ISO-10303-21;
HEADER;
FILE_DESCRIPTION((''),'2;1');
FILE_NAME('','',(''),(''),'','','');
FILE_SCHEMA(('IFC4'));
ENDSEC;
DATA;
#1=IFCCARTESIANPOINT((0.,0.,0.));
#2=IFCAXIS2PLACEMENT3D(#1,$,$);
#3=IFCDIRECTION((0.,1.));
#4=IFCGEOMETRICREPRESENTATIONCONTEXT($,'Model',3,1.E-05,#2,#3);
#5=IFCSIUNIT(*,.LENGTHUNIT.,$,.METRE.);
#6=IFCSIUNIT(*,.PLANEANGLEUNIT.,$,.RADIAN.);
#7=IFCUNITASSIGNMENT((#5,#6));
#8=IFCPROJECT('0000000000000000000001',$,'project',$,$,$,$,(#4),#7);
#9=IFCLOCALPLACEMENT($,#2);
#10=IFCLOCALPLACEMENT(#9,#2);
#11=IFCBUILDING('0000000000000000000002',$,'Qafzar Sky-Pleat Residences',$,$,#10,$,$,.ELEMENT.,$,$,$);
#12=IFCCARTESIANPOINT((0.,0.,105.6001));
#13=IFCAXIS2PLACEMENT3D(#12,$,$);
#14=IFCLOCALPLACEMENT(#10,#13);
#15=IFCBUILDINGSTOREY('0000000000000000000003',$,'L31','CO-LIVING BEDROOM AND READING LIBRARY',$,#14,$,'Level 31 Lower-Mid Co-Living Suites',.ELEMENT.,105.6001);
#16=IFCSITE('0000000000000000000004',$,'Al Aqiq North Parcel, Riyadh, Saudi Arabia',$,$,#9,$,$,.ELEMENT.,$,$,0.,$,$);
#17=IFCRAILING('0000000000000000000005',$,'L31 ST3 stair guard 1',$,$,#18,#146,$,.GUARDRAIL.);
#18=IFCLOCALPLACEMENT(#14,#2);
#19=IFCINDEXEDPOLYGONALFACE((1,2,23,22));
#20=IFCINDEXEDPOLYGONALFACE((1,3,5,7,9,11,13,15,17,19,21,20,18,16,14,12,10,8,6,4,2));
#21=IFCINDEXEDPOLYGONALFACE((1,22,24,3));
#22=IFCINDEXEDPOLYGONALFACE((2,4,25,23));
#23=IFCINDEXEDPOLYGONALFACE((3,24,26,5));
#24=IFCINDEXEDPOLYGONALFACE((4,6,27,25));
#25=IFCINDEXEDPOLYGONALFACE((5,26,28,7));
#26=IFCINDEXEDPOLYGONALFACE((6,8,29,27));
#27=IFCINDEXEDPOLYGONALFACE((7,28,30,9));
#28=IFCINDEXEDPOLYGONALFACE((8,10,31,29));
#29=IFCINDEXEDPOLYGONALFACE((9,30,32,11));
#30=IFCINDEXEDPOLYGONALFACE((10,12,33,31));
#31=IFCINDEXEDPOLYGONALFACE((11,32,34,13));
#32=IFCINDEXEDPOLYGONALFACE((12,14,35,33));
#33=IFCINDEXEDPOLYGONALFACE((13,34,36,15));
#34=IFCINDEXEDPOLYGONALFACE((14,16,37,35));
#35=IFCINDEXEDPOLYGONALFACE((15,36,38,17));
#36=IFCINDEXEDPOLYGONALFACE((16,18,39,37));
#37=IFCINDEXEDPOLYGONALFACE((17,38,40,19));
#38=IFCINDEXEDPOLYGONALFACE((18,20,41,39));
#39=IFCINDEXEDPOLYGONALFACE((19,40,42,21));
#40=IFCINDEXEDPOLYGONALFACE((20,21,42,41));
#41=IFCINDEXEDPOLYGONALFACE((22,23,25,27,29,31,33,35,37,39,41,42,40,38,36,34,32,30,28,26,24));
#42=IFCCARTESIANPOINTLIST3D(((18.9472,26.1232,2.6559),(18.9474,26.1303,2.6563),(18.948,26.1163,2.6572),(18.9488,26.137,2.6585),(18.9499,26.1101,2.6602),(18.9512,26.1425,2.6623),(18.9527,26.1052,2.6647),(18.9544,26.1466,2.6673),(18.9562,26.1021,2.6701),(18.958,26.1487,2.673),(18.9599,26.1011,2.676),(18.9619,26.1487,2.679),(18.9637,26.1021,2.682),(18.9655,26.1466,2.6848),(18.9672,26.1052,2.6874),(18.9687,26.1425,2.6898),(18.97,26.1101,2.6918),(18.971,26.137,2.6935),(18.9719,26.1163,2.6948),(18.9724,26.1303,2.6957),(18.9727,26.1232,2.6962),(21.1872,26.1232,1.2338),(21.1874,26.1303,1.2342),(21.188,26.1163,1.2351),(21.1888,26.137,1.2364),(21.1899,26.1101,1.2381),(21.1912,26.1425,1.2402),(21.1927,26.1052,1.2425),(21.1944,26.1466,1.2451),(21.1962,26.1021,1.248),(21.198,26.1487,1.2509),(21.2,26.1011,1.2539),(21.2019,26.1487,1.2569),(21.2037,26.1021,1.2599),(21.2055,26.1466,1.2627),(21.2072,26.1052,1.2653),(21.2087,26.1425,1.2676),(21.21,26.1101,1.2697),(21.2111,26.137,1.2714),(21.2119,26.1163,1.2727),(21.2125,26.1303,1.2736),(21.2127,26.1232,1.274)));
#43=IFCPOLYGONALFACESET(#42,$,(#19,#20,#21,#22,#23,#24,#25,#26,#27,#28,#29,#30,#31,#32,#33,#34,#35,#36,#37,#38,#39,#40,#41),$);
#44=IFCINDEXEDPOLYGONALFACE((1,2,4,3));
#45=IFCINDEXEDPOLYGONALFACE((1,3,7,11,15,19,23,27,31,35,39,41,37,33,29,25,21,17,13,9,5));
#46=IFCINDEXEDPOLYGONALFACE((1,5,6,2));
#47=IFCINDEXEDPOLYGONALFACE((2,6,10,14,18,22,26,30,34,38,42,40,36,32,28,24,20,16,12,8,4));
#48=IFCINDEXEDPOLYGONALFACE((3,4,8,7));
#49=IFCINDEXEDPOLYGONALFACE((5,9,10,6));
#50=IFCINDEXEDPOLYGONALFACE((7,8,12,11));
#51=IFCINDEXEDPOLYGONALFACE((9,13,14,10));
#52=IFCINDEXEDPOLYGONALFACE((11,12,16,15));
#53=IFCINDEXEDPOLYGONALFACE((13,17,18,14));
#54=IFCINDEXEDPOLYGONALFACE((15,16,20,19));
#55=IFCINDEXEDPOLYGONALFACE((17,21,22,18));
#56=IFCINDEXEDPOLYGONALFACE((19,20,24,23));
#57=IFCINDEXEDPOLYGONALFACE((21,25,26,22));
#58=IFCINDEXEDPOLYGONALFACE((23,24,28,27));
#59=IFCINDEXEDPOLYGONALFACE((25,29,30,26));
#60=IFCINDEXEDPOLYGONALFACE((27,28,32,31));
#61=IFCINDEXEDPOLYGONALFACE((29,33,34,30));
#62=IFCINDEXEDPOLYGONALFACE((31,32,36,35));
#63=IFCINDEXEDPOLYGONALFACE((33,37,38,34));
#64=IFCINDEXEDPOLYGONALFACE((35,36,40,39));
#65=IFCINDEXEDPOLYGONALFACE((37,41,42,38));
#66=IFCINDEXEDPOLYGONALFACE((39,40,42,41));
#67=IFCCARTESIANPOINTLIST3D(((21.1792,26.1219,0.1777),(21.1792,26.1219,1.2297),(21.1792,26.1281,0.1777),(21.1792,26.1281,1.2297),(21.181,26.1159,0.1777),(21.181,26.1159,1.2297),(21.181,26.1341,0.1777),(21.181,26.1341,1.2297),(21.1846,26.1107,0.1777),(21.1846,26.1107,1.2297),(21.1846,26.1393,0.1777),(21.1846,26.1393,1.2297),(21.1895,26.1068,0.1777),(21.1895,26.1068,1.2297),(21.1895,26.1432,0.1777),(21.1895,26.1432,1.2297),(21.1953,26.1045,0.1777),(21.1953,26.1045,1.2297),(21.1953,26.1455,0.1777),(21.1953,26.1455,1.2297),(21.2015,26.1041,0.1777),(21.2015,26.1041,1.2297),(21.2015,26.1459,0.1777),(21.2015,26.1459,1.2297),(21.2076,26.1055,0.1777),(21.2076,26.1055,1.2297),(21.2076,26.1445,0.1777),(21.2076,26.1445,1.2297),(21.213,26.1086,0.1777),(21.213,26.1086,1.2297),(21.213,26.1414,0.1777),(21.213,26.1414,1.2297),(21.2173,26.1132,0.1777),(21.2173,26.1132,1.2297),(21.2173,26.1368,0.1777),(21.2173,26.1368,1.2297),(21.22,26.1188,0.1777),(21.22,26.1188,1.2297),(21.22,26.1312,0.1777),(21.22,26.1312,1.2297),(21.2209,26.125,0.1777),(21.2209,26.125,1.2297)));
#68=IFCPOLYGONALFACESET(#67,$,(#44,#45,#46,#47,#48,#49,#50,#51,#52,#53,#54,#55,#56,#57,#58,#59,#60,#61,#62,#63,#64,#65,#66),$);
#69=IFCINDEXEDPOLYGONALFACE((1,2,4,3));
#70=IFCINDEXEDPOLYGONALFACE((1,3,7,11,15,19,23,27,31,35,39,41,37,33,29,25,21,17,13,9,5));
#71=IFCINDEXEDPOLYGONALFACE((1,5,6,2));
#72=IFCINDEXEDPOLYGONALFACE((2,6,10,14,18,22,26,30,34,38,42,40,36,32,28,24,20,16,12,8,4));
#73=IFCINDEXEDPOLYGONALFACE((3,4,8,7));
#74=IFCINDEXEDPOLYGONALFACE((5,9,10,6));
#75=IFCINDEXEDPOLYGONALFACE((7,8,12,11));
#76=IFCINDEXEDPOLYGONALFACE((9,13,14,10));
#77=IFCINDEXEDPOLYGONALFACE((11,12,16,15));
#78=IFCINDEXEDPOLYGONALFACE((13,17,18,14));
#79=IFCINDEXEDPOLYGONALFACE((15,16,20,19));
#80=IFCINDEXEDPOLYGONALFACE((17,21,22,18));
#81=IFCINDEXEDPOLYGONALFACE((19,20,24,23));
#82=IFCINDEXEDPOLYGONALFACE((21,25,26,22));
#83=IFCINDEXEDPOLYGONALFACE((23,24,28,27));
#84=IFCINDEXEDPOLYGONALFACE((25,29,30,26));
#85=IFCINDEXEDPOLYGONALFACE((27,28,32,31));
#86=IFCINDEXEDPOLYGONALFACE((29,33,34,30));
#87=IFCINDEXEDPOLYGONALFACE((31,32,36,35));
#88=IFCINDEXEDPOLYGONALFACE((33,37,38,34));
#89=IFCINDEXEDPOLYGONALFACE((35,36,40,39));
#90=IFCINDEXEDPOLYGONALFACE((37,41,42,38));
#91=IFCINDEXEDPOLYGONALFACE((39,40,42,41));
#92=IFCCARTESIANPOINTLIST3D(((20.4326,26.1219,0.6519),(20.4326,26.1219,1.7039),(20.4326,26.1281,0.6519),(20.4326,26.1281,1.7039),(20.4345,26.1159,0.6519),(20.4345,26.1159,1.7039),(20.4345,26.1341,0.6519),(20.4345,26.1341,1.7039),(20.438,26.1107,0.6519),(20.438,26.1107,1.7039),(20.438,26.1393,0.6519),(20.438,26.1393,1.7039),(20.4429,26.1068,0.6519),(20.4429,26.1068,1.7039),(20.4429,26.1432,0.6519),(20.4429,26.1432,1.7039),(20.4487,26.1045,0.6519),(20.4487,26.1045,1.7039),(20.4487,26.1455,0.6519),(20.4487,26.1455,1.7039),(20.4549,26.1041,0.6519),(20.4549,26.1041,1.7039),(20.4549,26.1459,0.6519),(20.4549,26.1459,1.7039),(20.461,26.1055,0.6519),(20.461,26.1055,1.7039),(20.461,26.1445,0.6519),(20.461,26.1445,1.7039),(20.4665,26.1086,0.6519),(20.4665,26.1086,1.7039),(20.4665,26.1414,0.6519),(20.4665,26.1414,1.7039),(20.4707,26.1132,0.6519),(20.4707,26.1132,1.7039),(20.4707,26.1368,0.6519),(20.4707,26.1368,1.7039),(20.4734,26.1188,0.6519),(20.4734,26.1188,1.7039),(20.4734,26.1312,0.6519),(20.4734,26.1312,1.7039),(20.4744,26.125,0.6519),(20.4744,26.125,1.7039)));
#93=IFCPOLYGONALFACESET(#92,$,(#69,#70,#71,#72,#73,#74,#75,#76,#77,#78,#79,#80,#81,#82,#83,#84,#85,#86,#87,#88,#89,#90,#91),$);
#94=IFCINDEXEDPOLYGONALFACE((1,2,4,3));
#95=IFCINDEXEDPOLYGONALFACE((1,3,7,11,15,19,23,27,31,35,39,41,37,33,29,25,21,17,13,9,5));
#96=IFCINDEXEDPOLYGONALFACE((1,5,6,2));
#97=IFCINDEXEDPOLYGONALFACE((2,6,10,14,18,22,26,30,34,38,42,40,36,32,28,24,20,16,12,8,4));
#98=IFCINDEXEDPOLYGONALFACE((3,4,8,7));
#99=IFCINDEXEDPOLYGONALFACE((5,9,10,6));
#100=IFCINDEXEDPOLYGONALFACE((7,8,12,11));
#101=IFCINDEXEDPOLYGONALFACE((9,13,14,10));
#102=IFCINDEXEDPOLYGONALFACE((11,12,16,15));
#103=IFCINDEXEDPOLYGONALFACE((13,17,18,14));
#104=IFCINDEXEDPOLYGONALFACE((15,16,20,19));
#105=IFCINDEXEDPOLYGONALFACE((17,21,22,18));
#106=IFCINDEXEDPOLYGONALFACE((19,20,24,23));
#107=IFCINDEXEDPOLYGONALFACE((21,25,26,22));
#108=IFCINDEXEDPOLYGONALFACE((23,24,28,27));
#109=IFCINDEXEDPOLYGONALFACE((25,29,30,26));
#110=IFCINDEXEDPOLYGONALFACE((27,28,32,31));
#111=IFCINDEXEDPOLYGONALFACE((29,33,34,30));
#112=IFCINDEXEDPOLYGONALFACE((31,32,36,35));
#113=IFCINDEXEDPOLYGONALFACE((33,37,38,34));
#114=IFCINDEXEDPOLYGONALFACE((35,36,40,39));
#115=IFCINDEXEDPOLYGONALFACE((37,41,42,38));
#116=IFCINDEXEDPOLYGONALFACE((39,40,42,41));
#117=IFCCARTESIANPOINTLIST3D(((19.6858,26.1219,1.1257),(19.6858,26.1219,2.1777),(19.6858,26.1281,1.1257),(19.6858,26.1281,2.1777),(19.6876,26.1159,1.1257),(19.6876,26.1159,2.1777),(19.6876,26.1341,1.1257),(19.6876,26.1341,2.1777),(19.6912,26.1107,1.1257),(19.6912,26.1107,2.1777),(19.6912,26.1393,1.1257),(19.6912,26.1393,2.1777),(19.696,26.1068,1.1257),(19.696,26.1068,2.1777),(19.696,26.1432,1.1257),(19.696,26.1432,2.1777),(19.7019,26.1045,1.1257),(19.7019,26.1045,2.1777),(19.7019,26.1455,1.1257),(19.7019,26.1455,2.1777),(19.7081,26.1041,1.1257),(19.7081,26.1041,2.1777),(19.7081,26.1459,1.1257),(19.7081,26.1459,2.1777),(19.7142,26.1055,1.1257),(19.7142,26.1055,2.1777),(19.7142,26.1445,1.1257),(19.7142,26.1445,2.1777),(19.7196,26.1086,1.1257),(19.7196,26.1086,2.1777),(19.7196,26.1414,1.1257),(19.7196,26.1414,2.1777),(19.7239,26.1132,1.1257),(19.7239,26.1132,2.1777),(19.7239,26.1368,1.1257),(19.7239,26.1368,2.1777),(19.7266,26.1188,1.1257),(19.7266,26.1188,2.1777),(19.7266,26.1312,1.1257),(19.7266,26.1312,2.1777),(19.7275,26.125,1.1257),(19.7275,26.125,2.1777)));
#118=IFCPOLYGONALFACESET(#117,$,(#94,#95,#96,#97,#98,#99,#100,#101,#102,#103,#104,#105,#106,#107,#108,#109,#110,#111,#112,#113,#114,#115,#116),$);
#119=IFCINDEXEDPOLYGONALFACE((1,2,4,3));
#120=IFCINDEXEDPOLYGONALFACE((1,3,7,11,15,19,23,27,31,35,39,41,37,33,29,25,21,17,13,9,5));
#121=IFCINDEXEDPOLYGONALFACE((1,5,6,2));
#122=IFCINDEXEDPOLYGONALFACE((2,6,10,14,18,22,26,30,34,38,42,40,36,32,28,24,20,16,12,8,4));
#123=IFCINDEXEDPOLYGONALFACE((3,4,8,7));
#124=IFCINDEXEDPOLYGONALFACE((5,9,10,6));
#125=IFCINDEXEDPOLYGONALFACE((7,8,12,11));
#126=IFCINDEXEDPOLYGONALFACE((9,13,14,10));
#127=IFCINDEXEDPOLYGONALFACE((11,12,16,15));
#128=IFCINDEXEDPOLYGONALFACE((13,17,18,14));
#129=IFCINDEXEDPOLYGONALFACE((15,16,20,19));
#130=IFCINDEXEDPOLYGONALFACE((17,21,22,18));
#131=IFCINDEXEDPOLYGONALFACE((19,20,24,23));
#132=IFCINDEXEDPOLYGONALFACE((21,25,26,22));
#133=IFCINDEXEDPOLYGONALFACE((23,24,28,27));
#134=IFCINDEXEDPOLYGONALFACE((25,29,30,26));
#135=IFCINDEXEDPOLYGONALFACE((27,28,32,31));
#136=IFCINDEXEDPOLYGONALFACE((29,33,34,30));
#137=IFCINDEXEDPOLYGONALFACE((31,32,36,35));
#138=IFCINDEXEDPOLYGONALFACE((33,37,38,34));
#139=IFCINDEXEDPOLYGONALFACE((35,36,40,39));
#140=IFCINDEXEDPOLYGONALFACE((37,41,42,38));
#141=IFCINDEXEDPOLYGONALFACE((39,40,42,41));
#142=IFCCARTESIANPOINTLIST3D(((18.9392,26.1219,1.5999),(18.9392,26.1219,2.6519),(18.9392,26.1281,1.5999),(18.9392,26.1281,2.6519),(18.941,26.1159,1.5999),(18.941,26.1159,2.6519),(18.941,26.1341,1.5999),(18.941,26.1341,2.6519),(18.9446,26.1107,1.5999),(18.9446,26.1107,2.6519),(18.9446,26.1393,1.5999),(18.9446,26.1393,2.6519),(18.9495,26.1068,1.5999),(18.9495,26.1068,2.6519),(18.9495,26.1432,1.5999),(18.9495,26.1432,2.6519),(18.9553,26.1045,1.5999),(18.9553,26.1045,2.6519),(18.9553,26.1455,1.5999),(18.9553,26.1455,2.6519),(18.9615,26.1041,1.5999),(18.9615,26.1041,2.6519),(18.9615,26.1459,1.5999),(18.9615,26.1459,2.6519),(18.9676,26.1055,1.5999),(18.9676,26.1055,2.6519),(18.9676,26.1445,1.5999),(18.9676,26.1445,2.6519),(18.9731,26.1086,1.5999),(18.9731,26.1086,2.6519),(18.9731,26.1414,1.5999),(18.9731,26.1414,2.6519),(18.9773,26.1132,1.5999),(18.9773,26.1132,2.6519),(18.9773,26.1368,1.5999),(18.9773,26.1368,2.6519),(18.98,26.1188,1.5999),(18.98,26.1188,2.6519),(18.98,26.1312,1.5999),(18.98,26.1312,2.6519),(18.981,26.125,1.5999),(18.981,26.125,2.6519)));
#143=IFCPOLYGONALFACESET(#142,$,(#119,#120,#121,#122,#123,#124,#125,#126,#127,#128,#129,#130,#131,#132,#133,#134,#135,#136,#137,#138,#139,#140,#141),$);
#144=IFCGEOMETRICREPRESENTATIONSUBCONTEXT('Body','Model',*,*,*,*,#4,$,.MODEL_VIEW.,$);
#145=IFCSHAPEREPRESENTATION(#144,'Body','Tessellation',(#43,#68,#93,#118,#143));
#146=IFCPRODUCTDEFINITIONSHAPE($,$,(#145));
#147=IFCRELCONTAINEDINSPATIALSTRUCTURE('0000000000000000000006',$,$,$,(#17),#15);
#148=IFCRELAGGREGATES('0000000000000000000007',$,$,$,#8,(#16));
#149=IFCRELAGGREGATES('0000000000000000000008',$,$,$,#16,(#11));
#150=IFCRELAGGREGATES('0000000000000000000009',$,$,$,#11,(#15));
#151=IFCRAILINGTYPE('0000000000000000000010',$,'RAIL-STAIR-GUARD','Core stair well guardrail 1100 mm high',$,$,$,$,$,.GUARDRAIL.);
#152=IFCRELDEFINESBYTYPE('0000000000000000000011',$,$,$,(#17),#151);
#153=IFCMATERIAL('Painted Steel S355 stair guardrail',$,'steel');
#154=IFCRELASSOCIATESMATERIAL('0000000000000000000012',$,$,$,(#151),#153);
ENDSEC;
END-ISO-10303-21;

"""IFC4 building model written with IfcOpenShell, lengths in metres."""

from ifc_helpers import new_model, si_unit, direction, frame, origin, origin_2d, place, context, subcontext, project, spatial, circle, extrude, source, transform, mapped, material, type_object, element, save


model = new_model("IFC4")

# Units and contexts
model_context = context("Model", 3, precision=1e-05, world=origin(), true_north=direction((0.0, 1.0)))
body_context = subcontext(model_context, "Body", "Model", "MODEL_VIEW")
ifc_project = project(units=[si_unit("LENGTHUNIT", "METRE"), si_unit("PLANEANGLEUNIT", "RADIAN")], contexts=[model_context])

# Site, building, storey
site_placement = place(None, origin())
site = spatial("IfcSite", under=ifc_project, at=site_placement, Name="Al Aqiq North Parcel, Riyadh, Saudi Arabia", CompositionType="ELEMENT", RefElevation=0.0)
building_placement = place(site_placement, origin())
building = spatial("IfcBuilding", under=site, at=building_placement, Name="Qafzar Sky-Pleat Residences", CompositionType="ELEMENT")
storey_placement = place(building_placement, frame((0.0, 0.0, 105.6001)))
storey = spatial("IfcBuildingStorey", under=building, at=storey_placement, Name="L31", Description="CO-LIVING BEDROOM AND READING LIBRARY", LongName="Level 31 Lower-Mid Co-Living Suites", CompositionType="ELEMENT", Elevation=105.6001)

# Railing
ifc_material_1 = material(Name="Painted Steel S355 stair guardrail", Category="steel")
railing_type_1 = type_object("IfcRailingType", Name="RAIL-STAIR-GUARD", Description="Core stair well guardrail 1100 mm high", PredefinedType="GUARDRAIL", material=ifc_material_1)
shared_shape_1 = source(origin(), body_context, "Body", "SweptSolid", [
    extrude(circle(Radius=0.0239, at=origin_2d()), frame((0.0, 0.0, 1.0762), z_axis=(-0.844229, 0.0, 0.535982), x_axis=(0.0, -1.0, 0.0)), (0.0, 0.0, 1.0), 2.6533),
    extrude(circle(Radius=0.021, at=origin_2d()), origin(), (0.0, 0.0, 1.0), 1.052),
    extrude(circle(Radius=0.021, at=origin_2d()), frame((-0.7466, 0.0, 0.4741)), (0.0, 0.0, 1.0), 1.052),
    extrude(circle(Radius=0.021, at=origin_2d()), frame((-1.4934, 0.0, 0.948)), (0.0, 0.0, 1.0), 1.052),
    extrude(circle(Radius=0.021, at=origin_2d()), frame((-2.24, 0.0, 1.4221)), (0.0, 0.0, 1.0), 1.052),
])
railing_1_placement = place(storey_placement, frame((21.2, 26.125, 0.1777)))
element("IfcRailing", 1, at=railing_1_placement, inside=storey, type_object=railing_type_1, Name="L31 ST3 stair guard 1", PredefinedType="GUARDRAIL", context=body_context, shape_type="MappedRepresentation", body=[
    mapped(shared_shape_1, transform((0.0, 0.0, 0.0), x_axis=(1.0, 0.0, 0.0), y_axis=(0.0, 1.0, 0.0), z_axis=(0.0, 0.0, 1.0), scale=1.0)),
])

save(model, "model.ifc")
